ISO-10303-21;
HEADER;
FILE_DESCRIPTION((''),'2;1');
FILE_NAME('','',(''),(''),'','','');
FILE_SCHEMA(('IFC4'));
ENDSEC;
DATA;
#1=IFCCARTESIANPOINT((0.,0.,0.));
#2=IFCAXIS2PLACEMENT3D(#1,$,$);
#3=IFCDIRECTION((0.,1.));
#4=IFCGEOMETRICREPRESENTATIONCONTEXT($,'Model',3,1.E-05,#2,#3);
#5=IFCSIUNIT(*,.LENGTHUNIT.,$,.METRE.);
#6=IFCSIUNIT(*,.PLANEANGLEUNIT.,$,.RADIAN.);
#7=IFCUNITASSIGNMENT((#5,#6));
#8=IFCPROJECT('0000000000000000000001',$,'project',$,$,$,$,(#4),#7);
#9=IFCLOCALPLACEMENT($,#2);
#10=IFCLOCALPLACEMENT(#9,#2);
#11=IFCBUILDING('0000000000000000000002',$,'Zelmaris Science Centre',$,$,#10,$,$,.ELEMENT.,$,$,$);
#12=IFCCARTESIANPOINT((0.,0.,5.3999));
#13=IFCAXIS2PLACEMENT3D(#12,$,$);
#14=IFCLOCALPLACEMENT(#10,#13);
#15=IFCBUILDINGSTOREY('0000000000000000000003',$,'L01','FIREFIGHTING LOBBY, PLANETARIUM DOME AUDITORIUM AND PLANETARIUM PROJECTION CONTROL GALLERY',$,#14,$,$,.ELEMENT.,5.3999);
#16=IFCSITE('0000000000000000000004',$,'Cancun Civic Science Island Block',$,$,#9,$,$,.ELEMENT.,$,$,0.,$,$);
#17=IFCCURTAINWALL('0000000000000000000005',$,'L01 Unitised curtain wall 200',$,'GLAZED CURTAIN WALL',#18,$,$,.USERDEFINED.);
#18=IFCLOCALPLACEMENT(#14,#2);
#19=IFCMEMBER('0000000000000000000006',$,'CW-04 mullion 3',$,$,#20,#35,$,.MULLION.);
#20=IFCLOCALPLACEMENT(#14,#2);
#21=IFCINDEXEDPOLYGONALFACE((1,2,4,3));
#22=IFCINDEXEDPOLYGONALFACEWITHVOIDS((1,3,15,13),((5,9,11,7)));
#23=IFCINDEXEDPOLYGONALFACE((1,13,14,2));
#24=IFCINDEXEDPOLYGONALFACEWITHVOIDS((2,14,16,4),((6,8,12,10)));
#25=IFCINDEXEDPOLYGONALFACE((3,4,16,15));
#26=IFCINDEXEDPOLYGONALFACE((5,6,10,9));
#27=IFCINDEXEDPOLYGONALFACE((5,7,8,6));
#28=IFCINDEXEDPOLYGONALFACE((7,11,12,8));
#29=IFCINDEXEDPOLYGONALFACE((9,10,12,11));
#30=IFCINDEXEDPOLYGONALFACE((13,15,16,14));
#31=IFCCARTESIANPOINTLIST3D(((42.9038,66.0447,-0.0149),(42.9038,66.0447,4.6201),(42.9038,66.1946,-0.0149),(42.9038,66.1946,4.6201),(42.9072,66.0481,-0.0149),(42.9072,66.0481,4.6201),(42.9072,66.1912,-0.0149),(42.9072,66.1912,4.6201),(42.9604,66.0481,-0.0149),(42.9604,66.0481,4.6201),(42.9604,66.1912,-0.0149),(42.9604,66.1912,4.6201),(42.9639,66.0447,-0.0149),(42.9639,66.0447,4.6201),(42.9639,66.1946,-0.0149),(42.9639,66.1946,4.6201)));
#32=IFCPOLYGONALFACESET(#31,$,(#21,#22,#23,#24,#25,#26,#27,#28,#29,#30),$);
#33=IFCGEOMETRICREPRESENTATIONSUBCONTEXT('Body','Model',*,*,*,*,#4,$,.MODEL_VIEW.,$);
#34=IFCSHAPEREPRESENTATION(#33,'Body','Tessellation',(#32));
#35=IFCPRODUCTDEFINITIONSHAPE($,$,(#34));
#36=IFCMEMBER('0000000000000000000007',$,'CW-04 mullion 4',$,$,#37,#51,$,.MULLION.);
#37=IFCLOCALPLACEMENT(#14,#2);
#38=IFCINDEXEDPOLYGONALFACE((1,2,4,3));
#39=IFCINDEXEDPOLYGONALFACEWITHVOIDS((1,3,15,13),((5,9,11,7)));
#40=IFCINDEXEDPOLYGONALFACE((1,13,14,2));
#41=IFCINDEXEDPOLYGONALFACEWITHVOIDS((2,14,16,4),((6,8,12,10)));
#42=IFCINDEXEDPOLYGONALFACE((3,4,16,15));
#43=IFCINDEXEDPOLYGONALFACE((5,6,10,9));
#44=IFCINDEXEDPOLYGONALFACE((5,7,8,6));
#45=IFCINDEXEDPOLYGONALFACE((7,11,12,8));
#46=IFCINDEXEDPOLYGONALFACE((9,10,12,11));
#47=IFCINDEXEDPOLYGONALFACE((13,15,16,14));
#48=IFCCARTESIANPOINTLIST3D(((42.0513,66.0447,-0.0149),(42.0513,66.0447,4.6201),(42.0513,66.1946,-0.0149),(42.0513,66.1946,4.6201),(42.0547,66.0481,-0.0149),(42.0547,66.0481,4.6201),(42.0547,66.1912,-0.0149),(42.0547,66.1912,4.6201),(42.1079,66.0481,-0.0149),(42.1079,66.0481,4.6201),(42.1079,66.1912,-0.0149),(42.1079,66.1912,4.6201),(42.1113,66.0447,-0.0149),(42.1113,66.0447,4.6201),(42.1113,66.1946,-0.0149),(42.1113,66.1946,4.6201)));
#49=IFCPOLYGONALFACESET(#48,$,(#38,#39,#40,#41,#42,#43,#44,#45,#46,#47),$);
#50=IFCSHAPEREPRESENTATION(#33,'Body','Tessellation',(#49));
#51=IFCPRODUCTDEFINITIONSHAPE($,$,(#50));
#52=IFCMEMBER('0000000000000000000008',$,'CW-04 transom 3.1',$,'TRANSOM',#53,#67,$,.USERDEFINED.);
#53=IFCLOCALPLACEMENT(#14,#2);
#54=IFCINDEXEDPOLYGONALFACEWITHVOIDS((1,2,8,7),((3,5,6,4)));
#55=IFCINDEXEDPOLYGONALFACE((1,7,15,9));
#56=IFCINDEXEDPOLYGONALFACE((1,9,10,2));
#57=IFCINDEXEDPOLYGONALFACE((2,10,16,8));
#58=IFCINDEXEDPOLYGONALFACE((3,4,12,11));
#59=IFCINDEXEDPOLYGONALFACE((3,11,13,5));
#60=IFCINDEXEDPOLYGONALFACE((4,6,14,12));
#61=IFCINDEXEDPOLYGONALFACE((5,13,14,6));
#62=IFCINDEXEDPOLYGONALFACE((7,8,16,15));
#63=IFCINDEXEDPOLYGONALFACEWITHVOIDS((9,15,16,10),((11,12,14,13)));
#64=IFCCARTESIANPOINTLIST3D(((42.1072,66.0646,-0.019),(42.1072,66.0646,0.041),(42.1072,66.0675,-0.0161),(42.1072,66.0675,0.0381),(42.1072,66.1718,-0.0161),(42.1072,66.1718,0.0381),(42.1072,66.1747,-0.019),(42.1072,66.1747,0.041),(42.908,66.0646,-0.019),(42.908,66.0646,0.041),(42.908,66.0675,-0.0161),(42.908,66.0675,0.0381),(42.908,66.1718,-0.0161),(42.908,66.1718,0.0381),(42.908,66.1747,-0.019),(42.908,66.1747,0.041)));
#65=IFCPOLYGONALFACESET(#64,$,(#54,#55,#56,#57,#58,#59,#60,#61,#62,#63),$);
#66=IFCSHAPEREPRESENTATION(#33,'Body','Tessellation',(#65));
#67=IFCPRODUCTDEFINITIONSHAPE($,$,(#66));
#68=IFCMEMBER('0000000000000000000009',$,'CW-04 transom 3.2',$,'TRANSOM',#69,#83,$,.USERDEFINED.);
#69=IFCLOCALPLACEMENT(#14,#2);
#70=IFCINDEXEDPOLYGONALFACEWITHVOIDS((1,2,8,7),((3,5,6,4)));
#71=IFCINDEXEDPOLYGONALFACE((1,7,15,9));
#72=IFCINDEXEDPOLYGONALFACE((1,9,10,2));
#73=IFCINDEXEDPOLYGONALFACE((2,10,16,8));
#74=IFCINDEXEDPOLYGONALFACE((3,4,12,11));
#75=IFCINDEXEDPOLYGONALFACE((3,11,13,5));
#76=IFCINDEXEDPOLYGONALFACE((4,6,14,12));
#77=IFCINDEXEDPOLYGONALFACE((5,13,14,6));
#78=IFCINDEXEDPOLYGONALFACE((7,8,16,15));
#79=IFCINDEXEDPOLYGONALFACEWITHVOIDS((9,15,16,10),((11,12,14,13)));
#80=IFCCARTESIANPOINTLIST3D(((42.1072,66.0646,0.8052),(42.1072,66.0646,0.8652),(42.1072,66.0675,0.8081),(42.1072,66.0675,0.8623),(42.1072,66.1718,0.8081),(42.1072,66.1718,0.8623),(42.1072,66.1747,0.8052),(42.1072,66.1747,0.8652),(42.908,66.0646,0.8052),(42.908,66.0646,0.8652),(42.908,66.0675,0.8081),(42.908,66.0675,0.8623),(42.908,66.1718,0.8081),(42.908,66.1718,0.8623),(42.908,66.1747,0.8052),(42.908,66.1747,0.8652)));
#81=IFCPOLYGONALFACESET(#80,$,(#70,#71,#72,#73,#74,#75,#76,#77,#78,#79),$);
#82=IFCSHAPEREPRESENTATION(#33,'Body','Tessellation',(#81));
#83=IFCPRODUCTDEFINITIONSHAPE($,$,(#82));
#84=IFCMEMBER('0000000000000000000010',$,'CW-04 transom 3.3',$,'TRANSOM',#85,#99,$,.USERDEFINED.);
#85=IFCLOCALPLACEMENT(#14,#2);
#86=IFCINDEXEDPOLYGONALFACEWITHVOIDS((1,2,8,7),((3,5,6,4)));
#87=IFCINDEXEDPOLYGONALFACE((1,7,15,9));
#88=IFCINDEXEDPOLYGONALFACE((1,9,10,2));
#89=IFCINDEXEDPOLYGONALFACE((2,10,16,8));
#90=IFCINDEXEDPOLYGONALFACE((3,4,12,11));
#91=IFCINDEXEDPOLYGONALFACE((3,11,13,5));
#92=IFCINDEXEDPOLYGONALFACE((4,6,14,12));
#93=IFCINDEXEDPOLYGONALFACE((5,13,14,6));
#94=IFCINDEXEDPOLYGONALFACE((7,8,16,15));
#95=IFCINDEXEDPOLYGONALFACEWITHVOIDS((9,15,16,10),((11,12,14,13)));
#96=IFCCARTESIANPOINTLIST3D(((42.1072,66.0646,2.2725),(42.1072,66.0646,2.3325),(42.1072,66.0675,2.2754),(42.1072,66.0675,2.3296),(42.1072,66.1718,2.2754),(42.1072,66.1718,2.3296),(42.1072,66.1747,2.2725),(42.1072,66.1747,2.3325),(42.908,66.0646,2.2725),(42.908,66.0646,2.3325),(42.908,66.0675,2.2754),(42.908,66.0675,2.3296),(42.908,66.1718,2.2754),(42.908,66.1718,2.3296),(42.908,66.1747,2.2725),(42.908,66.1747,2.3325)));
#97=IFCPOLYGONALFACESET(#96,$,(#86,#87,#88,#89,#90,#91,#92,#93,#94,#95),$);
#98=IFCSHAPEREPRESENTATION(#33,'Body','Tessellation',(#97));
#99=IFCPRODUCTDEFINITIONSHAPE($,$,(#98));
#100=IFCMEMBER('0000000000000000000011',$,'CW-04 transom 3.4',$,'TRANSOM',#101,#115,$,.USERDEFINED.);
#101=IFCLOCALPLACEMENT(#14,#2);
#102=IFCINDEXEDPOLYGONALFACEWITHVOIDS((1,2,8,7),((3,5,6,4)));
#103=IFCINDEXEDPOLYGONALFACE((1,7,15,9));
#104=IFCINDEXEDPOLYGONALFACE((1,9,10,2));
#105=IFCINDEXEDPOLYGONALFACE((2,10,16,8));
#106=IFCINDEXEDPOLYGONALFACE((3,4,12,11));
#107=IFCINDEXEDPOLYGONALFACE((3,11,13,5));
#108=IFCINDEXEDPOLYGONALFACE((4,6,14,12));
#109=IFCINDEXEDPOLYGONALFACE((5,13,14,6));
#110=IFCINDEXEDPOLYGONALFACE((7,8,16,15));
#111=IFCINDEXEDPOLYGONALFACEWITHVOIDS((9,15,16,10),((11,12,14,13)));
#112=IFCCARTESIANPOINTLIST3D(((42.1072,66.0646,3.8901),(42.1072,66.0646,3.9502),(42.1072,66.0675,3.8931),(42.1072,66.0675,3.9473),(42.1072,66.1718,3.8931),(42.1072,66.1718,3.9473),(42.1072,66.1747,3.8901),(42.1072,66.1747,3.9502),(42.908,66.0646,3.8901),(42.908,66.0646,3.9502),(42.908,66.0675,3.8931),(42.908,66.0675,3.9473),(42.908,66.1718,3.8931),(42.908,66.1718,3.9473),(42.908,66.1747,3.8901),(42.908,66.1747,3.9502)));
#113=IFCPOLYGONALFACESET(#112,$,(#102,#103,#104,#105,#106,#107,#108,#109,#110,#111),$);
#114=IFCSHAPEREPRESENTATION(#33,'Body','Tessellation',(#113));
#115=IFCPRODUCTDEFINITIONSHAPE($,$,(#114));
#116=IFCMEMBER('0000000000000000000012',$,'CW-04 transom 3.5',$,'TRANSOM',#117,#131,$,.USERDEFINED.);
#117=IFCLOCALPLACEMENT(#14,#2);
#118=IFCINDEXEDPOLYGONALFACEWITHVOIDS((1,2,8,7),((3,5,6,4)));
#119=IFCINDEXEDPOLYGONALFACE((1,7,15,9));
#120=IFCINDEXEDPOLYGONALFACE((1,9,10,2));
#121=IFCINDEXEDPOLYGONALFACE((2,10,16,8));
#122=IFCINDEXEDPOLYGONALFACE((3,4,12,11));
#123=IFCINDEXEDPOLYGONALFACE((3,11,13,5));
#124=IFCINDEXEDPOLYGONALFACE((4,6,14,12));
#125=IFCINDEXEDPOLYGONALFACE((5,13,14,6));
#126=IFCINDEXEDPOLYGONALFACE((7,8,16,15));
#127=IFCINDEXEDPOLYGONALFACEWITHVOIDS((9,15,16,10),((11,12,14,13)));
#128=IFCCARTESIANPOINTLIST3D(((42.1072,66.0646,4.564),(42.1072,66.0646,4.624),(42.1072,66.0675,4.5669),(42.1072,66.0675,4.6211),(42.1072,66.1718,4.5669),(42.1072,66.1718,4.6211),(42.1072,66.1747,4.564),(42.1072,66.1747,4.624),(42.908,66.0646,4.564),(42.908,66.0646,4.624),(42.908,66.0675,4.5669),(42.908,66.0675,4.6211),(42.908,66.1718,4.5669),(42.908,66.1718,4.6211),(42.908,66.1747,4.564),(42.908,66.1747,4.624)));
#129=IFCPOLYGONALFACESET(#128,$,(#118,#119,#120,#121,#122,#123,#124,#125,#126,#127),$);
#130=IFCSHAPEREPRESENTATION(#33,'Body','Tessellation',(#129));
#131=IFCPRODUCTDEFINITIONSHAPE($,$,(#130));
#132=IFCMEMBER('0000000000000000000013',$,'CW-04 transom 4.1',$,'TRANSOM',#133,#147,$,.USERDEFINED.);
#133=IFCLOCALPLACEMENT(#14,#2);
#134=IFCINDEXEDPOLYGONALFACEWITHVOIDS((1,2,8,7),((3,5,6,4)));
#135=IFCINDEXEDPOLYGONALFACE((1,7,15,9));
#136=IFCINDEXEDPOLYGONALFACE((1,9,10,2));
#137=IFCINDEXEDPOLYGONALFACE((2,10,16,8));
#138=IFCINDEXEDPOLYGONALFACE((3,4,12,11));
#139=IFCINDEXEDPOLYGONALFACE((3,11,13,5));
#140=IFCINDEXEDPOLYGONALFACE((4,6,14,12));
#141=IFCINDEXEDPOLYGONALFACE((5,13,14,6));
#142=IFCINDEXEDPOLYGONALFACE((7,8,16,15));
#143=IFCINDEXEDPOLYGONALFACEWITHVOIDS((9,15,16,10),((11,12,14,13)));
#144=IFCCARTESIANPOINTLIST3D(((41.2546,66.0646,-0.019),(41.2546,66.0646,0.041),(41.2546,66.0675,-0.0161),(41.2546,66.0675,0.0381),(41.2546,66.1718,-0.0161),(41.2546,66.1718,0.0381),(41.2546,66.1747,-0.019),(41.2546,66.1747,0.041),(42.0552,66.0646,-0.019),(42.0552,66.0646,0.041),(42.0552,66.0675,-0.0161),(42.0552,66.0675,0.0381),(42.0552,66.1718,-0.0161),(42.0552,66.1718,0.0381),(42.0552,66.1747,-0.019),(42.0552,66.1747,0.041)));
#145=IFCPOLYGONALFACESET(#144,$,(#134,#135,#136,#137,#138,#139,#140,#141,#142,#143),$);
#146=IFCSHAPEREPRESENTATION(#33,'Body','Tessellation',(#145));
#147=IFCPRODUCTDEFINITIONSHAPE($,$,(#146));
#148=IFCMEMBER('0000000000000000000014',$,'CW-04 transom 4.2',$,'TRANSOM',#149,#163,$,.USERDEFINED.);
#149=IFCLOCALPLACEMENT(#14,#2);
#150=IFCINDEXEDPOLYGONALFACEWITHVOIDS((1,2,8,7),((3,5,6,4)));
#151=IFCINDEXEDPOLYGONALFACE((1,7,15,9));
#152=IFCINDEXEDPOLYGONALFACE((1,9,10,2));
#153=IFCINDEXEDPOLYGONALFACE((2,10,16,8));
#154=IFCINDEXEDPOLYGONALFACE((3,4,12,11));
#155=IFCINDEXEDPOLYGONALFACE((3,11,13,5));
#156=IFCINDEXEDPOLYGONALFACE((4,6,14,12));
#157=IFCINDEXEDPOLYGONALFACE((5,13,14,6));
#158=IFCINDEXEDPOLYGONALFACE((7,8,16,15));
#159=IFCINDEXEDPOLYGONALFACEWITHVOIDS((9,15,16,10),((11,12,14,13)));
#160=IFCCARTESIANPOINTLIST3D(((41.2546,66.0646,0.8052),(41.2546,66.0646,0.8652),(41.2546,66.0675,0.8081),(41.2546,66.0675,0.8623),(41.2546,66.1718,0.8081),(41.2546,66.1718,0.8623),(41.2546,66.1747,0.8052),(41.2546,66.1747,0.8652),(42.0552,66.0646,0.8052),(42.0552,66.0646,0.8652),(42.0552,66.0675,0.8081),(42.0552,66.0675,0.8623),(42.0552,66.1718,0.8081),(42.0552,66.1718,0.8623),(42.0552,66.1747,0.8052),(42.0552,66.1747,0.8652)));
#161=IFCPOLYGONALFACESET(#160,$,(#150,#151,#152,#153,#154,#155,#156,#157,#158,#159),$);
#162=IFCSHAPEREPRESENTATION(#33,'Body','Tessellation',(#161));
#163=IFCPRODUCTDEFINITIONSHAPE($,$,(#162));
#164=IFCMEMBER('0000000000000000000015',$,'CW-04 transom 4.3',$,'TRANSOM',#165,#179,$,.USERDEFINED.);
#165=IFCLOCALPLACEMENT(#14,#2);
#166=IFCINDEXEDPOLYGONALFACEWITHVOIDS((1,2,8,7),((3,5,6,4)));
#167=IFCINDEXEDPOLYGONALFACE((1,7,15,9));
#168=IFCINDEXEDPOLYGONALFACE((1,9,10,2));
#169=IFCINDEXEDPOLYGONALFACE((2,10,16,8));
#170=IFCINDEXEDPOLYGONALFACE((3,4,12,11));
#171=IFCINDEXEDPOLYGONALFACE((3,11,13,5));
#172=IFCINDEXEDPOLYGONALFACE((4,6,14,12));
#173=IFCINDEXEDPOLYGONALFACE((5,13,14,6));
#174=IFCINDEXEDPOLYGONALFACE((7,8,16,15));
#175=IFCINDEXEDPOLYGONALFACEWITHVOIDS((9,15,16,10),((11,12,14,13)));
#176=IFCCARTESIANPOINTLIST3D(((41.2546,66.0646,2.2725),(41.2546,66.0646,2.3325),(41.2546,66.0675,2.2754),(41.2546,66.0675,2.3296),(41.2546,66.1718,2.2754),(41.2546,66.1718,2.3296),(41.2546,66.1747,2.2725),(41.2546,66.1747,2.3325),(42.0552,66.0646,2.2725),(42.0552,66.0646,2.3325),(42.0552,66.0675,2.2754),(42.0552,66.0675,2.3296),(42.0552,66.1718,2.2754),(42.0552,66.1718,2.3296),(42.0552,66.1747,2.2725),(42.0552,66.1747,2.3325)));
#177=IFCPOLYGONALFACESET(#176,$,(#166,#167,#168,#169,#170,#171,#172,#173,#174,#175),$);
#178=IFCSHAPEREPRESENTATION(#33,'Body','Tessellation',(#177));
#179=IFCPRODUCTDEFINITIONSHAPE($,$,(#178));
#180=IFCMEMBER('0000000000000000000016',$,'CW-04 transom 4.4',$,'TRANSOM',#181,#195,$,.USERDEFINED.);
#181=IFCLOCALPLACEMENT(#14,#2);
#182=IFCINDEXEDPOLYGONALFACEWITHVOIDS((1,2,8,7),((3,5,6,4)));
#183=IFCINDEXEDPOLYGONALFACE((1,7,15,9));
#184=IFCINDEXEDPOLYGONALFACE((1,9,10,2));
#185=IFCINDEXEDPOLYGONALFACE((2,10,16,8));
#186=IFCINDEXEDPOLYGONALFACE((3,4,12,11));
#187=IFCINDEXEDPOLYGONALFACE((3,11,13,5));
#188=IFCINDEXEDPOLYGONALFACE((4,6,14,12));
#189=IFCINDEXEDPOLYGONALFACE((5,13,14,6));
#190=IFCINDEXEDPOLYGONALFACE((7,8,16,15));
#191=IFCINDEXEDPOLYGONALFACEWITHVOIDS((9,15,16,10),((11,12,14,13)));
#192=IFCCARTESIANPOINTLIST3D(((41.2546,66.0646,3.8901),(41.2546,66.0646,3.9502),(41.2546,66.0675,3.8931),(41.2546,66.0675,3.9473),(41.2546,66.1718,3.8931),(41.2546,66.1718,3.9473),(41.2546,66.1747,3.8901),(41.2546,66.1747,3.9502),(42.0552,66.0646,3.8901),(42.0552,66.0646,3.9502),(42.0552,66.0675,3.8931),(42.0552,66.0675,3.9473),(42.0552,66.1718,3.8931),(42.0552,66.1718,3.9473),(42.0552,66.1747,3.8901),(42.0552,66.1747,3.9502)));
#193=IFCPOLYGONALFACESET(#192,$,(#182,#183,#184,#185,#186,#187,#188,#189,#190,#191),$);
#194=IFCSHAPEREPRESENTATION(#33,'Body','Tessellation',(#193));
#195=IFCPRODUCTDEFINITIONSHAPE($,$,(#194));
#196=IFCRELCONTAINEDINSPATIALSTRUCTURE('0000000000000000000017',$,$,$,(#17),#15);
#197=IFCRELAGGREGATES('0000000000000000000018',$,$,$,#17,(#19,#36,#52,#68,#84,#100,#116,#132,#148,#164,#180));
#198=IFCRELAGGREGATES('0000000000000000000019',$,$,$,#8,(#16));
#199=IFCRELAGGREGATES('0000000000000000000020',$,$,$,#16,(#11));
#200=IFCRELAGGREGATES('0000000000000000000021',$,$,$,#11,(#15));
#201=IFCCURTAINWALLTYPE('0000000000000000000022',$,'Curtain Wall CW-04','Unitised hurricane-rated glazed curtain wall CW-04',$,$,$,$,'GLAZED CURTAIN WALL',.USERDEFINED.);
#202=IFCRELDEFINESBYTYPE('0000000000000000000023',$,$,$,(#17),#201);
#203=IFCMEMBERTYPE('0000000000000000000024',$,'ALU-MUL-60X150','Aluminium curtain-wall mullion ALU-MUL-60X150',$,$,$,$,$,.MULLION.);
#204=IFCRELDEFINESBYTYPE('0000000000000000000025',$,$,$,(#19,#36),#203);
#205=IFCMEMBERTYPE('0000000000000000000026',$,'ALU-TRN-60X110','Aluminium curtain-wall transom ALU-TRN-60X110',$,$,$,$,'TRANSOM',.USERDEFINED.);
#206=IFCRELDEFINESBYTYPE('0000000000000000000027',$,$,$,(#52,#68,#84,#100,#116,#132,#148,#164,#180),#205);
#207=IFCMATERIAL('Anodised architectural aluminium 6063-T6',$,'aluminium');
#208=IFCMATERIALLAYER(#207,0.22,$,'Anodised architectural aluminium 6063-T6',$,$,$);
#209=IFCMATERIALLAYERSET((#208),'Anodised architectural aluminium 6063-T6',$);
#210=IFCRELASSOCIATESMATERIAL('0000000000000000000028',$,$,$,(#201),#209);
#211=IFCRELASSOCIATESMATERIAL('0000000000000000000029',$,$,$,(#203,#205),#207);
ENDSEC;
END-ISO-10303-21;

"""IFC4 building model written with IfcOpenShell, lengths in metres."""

from ifc_helpers import new_model, si_unit, direction, frame, origin, origin_2d, place, context, subcontext, project, spatial, hollow_rectangle, extrude, material, layer, layer_set, material_profile, profile_set, type_object, element, aggregate, save


model = new_model("IFC4")

# Units and contexts
model_context = context("Model", 3, precision=1e-05, world=origin(), true_north=direction((0.0, 1.0)))
body_context = subcontext(model_context, "Body", "Model", "MODEL_VIEW")
ifc_project = project(units=[si_unit("LENGTHUNIT", "METRE"), si_unit("PLANEANGLEUNIT", "RADIAN")], contexts=[model_context])

# Site, building, storey
site_placement = place(None, origin())
site = spatial("IfcSite", under=ifc_project, at=site_placement, Name="Cancun Civic Science Island Block", CompositionType="ELEMENT", RefElevation=0.0)
building_placement = place(site_placement, origin())
building = spatial("IfcBuilding", under=site, at=building_placement, Name="Zelmaris Science Centre", CompositionType="ELEMENT")
storey_placement = place(building_placement, frame((0.0, 0.0, 5.3999)))
storey = spatial("IfcBuildingStorey", under=building, at=storey_placement, Name="L01", Description="FIREFIGHTING LOBBY, PLANETARIUM DOME AUDITORIUM AND PLANETARIUM PROJECTION CONTROL GALLERY", CompositionType="ELEMENT", Elevation=5.3999)

# Curtain wall, members
ifc_material_1 = material(Name="Anodised architectural aluminium 6063-T6", Category="aluminium")
ifc_layer_1 = layer(ifc_material_1, 0.22, Name="Anodised architectural aluminium 6063-T6")
ifc_layer_set_1 = layer_set([ifc_layer_1], Name="Anodised architectural aluminium 6063-T6")
curtain_wall_type = type_object("IfcCurtainWallType", Name="Curtain Wall CW-04", Description="Unitised hurricane-rated glazed curtain wall CW-04", ElementType="GLAZED CURTAIN WALL", PredefinedType="USERDEFINED", material=ifc_layer_set_1)
curtain_wall_placement = place(storey_placement, origin())
curtain_wall = element("IfcCurtainWall", 1, at=curtain_wall_placement, inside=storey, type_object=curtain_wall_type, Name="L01 Unitised curtain wall 200", ObjectType="GLAZED CURTAIN WALL", PredefinedType="USERDEFINED")
ifc_material_profile_1 = material_profile(ifc_material_1, hollow_rectangle(XDim=0.0601, YDim=0.1499, WallThickness=0.0034, at=origin_2d()), Name="ALU-MUL-60X150")
ifc_profile_set_1 = profile_set([ifc_material_profile_1], Name="Anodised architectural aluminium 6063-T6")
member_type_1 = type_object("IfcMemberType", Name="ALU-MUL-60X150", Description="Aluminium curtain-wall mullion ALU-MUL-60X150", PredefinedType="MULLION", material=ifc_profile_set_1)
member_1_placement = place(storey_placement, frame((42.9338, 66.1196, -0.0149), z_axis=(0.0, 0.0, 1.0), x_axis=(-1.0, 0.0, 0.0)))
member_1 = element("IfcMember", 2, at=member_1_placement, type_object=member_type_1, Name="CW-04 mullion 3", PredefinedType="MULLION", context=body_context, shape_type="SweptSolid", body=[
    extrude(hollow_rectangle(XDim=0.0601, YDim=0.1499, WallThickness=0.0034, at=origin_2d()), origin(), (0.0, 0.0, 1.0), 4.635),
])
member_2_placement = place(storey_placement, frame((42.0813, 66.1196, -0.0149), z_axis=(0.0, 0.0, 1.0), x_axis=(-1.0, 0.0, 0.0)))
member_2 = element("IfcMember", 3, at=member_2_placement, type_object=member_type_1, Name="CW-04 mullion 4", PredefinedType="MULLION", context=body_context, shape_type="SweptSolid", body=[
    extrude(hollow_rectangle(XDim=0.0601, YDim=0.1499, WallThickness=0.0034, at=origin_2d()), origin(), (0.0, 0.0, 1.0), 4.635),
])
ifc_material_profile_2 = material_profile(ifc_material_1, hollow_rectangle(XDim=0.0601, YDim=0.1101, WallThickness=0.0029, at=origin_2d()), Name="ALU-TRN-60X110")
ifc_profile_set_2 = profile_set([ifc_material_profile_2], Name="Anodised architectural aluminium 6063-T6")
member_type_2 = type_object("IfcMemberType", Name="ALU-TRN-60X110", Description="Aluminium curtain-wall transom ALU-TRN-60X110", ElementType="TRANSOM", PredefinedType="USERDEFINED", material=ifc_profile_set_2)
member_3_placement = place(storey_placement, frame((42.908, 66.1196, 0.011), z_axis=(-1.0, 0.0, 0.0), x_axis=(0.0, 0.0, 1.0)))
member_3 = element("IfcMember", 4, at=member_3_placement, type_object=member_type_2, Name="CW-04 transom 3.1", ObjectType="TRANSOM", PredefinedType="USERDEFINED", context=body_context, shape_type="SweptSolid", body=[
    extrude(hollow_rectangle(XDim=0.0601, YDim=0.1101, WallThickness=0.0029, at=origin_2d()), origin(), (0.0, 0.0, 1.0), 0.8008),
])
member_4_placement = place(storey_placement, frame((42.908, 66.1196, 0.8352), z_axis=(-1.0, 0.0, 0.0), x_axis=(0.0, 0.0, 1.0)))
member_4 = element("IfcMember", 5, at=member_4_placement, type_object=member_type_2, Name="CW-04 transom 3.2", ObjectType="TRANSOM", PredefinedType="USERDEFINED", context=body_context, shape_type="SweptSolid", body=[
    extrude(hollow_rectangle(XDim=0.0601, YDim=0.1101, WallThickness=0.0029, at=origin_2d()), origin(), (0.0, 0.0, 1.0), 0.8008),
])
member_5_placement = place(storey_placement, frame((42.908, 66.1196, 2.3025), z_axis=(-1.0, 0.0, 0.0), x_axis=(0.0, 0.0, 1.0)))
member_5 = element("IfcMember", 6, at=member_5_placement, type_object=member_type_2, Name="CW-04 transom 3.3", ObjectType="TRANSOM", PredefinedType="USERDEFINED", context=body_context, shape_type="SweptSolid", body=[
    extrude(hollow_rectangle(XDim=0.0601, YDim=0.1101, WallThickness=0.0029, at=origin_2d()), origin(), (0.0, 0.0, 1.0), 0.8008),
])
member_6_placement = place(storey_placement, frame((42.908, 66.1196, 3.9202), z_axis=(-1.0, 0.0, 0.0), x_axis=(0.0, 0.0, 1.0)))
member_6 = element("IfcMember", 7, at=member_6_placement, type_object=member_type_2, Name="CW-04 transom 3.4", ObjectType="TRANSOM", PredefinedType="USERDEFINED", context=body_context, shape_type="SweptSolid", body=[
    extrude(hollow_rectangle(XDim=0.0601, YDim=0.1101, WallThickness=0.0029, at=origin_2d()), origin(), (0.0, 0.0, 1.0), 0.8008),
])
member_7_placement = place(storey_placement, frame((42.908, 66.1196, 4.594), z_axis=(-1.0, 0.0, 0.0), x_axis=(0.0, 0.0, 1.0)))
member_7 = element("IfcMember", 8, at=member_7_placement, type_object=member_type_2, Name="CW-04 transom 3.5", ObjectType="TRANSOM", PredefinedType="USERDEFINED", context=body_context, shape_type="SweptSolid", body=[
    extrude(hollow_rectangle(XDim=0.0601, YDim=0.1101, WallThickness=0.0029, at=origin_2d()), origin(), (0.0, 0.0, 1.0), 0.8008),
])
member_8_placement = place(storey_placement, frame((42.0552, 66.1196, 0.011), z_axis=(-1.0, 0.0, 0.0), x_axis=(0.0, 0.0, 1.0)))
member_8 = element("IfcMember", 9, at=member_8_placement, type_object=member_type_2, Name="CW-04 transom 4.1", ObjectType="TRANSOM", PredefinedType="USERDEFINED", context=body_context, shape_type="SweptSolid", body=[
    extrude(hollow_rectangle(XDim=0.0601, YDim=0.1101, WallThickness=0.0029, at=origin_2d()), origin(), (0.0, 0.0, 1.0), 0.8005),
])
member_9_placement = place(storey_placement, frame((42.0552, 66.1196, 0.8352), z_axis=(-1.0, 0.0, 0.0), x_axis=(0.0, 0.0, 1.0)))
member_9 = element("IfcMember", 10, at=member_9_placement, type_object=member_type_2, Name="CW-04 transom 4.2", ObjectType="TRANSOM", PredefinedType="USERDEFINED", context=body_context, shape_type="SweptSolid", body=[
    extrude(hollow_rectangle(XDim=0.0601, YDim=0.1101, WallThickness=0.0029, at=origin_2d()), origin(), (0.0, 0.0, 1.0), 0.8005),
])
member_10_placement = place(storey_placement, frame((42.0552, 66.1196, 2.3025), z_axis=(-1.0, 0.0, 0.0), x_axis=(0.0, 0.0, 1.0)))
member_10 = element("IfcMember", 11, at=member_10_placement, type_object=member_type_2, Name="CW-04 transom 4.3", ObjectType="TRANSOM", PredefinedType="USERDEFINED", context=body_context, shape_type="SweptSolid", body=[
    extrude(hollow_rectangle(XDim=0.0601, YDim=0.1101, WallThickness=0.0029, at=origin_2d()), origin(), (0.0, 0.0, 1.0), 0.8005),
])
member_11_placement = place(storey_placement, frame((42.0552, 66.1196, 3.9202), z_axis=(-1.0, 0.0, 0.0), x_axis=(0.0, 0.0, 1.0)))
member_11 = element("IfcMember", 12, at=member_11_placement, type_object=member_type_2, Name="CW-04 transom 4.4", ObjectType="TRANSOM", PredefinedType="USERDEFINED", context=body_context, shape_type="SweptSolid", body=[
    extrude(hollow_rectangle(XDim=0.0601, YDim=0.1101, WallThickness=0.0029, at=origin_2d()), origin(), (0.0, 0.0, 1.0), 0.8005),
])
aggregate(curtain_wall, [member_1, member_2, member_3, member_4, member_5, member_6, member_7, member_8, member_9, member_10, member_11])

save(model, "model.ifc")
